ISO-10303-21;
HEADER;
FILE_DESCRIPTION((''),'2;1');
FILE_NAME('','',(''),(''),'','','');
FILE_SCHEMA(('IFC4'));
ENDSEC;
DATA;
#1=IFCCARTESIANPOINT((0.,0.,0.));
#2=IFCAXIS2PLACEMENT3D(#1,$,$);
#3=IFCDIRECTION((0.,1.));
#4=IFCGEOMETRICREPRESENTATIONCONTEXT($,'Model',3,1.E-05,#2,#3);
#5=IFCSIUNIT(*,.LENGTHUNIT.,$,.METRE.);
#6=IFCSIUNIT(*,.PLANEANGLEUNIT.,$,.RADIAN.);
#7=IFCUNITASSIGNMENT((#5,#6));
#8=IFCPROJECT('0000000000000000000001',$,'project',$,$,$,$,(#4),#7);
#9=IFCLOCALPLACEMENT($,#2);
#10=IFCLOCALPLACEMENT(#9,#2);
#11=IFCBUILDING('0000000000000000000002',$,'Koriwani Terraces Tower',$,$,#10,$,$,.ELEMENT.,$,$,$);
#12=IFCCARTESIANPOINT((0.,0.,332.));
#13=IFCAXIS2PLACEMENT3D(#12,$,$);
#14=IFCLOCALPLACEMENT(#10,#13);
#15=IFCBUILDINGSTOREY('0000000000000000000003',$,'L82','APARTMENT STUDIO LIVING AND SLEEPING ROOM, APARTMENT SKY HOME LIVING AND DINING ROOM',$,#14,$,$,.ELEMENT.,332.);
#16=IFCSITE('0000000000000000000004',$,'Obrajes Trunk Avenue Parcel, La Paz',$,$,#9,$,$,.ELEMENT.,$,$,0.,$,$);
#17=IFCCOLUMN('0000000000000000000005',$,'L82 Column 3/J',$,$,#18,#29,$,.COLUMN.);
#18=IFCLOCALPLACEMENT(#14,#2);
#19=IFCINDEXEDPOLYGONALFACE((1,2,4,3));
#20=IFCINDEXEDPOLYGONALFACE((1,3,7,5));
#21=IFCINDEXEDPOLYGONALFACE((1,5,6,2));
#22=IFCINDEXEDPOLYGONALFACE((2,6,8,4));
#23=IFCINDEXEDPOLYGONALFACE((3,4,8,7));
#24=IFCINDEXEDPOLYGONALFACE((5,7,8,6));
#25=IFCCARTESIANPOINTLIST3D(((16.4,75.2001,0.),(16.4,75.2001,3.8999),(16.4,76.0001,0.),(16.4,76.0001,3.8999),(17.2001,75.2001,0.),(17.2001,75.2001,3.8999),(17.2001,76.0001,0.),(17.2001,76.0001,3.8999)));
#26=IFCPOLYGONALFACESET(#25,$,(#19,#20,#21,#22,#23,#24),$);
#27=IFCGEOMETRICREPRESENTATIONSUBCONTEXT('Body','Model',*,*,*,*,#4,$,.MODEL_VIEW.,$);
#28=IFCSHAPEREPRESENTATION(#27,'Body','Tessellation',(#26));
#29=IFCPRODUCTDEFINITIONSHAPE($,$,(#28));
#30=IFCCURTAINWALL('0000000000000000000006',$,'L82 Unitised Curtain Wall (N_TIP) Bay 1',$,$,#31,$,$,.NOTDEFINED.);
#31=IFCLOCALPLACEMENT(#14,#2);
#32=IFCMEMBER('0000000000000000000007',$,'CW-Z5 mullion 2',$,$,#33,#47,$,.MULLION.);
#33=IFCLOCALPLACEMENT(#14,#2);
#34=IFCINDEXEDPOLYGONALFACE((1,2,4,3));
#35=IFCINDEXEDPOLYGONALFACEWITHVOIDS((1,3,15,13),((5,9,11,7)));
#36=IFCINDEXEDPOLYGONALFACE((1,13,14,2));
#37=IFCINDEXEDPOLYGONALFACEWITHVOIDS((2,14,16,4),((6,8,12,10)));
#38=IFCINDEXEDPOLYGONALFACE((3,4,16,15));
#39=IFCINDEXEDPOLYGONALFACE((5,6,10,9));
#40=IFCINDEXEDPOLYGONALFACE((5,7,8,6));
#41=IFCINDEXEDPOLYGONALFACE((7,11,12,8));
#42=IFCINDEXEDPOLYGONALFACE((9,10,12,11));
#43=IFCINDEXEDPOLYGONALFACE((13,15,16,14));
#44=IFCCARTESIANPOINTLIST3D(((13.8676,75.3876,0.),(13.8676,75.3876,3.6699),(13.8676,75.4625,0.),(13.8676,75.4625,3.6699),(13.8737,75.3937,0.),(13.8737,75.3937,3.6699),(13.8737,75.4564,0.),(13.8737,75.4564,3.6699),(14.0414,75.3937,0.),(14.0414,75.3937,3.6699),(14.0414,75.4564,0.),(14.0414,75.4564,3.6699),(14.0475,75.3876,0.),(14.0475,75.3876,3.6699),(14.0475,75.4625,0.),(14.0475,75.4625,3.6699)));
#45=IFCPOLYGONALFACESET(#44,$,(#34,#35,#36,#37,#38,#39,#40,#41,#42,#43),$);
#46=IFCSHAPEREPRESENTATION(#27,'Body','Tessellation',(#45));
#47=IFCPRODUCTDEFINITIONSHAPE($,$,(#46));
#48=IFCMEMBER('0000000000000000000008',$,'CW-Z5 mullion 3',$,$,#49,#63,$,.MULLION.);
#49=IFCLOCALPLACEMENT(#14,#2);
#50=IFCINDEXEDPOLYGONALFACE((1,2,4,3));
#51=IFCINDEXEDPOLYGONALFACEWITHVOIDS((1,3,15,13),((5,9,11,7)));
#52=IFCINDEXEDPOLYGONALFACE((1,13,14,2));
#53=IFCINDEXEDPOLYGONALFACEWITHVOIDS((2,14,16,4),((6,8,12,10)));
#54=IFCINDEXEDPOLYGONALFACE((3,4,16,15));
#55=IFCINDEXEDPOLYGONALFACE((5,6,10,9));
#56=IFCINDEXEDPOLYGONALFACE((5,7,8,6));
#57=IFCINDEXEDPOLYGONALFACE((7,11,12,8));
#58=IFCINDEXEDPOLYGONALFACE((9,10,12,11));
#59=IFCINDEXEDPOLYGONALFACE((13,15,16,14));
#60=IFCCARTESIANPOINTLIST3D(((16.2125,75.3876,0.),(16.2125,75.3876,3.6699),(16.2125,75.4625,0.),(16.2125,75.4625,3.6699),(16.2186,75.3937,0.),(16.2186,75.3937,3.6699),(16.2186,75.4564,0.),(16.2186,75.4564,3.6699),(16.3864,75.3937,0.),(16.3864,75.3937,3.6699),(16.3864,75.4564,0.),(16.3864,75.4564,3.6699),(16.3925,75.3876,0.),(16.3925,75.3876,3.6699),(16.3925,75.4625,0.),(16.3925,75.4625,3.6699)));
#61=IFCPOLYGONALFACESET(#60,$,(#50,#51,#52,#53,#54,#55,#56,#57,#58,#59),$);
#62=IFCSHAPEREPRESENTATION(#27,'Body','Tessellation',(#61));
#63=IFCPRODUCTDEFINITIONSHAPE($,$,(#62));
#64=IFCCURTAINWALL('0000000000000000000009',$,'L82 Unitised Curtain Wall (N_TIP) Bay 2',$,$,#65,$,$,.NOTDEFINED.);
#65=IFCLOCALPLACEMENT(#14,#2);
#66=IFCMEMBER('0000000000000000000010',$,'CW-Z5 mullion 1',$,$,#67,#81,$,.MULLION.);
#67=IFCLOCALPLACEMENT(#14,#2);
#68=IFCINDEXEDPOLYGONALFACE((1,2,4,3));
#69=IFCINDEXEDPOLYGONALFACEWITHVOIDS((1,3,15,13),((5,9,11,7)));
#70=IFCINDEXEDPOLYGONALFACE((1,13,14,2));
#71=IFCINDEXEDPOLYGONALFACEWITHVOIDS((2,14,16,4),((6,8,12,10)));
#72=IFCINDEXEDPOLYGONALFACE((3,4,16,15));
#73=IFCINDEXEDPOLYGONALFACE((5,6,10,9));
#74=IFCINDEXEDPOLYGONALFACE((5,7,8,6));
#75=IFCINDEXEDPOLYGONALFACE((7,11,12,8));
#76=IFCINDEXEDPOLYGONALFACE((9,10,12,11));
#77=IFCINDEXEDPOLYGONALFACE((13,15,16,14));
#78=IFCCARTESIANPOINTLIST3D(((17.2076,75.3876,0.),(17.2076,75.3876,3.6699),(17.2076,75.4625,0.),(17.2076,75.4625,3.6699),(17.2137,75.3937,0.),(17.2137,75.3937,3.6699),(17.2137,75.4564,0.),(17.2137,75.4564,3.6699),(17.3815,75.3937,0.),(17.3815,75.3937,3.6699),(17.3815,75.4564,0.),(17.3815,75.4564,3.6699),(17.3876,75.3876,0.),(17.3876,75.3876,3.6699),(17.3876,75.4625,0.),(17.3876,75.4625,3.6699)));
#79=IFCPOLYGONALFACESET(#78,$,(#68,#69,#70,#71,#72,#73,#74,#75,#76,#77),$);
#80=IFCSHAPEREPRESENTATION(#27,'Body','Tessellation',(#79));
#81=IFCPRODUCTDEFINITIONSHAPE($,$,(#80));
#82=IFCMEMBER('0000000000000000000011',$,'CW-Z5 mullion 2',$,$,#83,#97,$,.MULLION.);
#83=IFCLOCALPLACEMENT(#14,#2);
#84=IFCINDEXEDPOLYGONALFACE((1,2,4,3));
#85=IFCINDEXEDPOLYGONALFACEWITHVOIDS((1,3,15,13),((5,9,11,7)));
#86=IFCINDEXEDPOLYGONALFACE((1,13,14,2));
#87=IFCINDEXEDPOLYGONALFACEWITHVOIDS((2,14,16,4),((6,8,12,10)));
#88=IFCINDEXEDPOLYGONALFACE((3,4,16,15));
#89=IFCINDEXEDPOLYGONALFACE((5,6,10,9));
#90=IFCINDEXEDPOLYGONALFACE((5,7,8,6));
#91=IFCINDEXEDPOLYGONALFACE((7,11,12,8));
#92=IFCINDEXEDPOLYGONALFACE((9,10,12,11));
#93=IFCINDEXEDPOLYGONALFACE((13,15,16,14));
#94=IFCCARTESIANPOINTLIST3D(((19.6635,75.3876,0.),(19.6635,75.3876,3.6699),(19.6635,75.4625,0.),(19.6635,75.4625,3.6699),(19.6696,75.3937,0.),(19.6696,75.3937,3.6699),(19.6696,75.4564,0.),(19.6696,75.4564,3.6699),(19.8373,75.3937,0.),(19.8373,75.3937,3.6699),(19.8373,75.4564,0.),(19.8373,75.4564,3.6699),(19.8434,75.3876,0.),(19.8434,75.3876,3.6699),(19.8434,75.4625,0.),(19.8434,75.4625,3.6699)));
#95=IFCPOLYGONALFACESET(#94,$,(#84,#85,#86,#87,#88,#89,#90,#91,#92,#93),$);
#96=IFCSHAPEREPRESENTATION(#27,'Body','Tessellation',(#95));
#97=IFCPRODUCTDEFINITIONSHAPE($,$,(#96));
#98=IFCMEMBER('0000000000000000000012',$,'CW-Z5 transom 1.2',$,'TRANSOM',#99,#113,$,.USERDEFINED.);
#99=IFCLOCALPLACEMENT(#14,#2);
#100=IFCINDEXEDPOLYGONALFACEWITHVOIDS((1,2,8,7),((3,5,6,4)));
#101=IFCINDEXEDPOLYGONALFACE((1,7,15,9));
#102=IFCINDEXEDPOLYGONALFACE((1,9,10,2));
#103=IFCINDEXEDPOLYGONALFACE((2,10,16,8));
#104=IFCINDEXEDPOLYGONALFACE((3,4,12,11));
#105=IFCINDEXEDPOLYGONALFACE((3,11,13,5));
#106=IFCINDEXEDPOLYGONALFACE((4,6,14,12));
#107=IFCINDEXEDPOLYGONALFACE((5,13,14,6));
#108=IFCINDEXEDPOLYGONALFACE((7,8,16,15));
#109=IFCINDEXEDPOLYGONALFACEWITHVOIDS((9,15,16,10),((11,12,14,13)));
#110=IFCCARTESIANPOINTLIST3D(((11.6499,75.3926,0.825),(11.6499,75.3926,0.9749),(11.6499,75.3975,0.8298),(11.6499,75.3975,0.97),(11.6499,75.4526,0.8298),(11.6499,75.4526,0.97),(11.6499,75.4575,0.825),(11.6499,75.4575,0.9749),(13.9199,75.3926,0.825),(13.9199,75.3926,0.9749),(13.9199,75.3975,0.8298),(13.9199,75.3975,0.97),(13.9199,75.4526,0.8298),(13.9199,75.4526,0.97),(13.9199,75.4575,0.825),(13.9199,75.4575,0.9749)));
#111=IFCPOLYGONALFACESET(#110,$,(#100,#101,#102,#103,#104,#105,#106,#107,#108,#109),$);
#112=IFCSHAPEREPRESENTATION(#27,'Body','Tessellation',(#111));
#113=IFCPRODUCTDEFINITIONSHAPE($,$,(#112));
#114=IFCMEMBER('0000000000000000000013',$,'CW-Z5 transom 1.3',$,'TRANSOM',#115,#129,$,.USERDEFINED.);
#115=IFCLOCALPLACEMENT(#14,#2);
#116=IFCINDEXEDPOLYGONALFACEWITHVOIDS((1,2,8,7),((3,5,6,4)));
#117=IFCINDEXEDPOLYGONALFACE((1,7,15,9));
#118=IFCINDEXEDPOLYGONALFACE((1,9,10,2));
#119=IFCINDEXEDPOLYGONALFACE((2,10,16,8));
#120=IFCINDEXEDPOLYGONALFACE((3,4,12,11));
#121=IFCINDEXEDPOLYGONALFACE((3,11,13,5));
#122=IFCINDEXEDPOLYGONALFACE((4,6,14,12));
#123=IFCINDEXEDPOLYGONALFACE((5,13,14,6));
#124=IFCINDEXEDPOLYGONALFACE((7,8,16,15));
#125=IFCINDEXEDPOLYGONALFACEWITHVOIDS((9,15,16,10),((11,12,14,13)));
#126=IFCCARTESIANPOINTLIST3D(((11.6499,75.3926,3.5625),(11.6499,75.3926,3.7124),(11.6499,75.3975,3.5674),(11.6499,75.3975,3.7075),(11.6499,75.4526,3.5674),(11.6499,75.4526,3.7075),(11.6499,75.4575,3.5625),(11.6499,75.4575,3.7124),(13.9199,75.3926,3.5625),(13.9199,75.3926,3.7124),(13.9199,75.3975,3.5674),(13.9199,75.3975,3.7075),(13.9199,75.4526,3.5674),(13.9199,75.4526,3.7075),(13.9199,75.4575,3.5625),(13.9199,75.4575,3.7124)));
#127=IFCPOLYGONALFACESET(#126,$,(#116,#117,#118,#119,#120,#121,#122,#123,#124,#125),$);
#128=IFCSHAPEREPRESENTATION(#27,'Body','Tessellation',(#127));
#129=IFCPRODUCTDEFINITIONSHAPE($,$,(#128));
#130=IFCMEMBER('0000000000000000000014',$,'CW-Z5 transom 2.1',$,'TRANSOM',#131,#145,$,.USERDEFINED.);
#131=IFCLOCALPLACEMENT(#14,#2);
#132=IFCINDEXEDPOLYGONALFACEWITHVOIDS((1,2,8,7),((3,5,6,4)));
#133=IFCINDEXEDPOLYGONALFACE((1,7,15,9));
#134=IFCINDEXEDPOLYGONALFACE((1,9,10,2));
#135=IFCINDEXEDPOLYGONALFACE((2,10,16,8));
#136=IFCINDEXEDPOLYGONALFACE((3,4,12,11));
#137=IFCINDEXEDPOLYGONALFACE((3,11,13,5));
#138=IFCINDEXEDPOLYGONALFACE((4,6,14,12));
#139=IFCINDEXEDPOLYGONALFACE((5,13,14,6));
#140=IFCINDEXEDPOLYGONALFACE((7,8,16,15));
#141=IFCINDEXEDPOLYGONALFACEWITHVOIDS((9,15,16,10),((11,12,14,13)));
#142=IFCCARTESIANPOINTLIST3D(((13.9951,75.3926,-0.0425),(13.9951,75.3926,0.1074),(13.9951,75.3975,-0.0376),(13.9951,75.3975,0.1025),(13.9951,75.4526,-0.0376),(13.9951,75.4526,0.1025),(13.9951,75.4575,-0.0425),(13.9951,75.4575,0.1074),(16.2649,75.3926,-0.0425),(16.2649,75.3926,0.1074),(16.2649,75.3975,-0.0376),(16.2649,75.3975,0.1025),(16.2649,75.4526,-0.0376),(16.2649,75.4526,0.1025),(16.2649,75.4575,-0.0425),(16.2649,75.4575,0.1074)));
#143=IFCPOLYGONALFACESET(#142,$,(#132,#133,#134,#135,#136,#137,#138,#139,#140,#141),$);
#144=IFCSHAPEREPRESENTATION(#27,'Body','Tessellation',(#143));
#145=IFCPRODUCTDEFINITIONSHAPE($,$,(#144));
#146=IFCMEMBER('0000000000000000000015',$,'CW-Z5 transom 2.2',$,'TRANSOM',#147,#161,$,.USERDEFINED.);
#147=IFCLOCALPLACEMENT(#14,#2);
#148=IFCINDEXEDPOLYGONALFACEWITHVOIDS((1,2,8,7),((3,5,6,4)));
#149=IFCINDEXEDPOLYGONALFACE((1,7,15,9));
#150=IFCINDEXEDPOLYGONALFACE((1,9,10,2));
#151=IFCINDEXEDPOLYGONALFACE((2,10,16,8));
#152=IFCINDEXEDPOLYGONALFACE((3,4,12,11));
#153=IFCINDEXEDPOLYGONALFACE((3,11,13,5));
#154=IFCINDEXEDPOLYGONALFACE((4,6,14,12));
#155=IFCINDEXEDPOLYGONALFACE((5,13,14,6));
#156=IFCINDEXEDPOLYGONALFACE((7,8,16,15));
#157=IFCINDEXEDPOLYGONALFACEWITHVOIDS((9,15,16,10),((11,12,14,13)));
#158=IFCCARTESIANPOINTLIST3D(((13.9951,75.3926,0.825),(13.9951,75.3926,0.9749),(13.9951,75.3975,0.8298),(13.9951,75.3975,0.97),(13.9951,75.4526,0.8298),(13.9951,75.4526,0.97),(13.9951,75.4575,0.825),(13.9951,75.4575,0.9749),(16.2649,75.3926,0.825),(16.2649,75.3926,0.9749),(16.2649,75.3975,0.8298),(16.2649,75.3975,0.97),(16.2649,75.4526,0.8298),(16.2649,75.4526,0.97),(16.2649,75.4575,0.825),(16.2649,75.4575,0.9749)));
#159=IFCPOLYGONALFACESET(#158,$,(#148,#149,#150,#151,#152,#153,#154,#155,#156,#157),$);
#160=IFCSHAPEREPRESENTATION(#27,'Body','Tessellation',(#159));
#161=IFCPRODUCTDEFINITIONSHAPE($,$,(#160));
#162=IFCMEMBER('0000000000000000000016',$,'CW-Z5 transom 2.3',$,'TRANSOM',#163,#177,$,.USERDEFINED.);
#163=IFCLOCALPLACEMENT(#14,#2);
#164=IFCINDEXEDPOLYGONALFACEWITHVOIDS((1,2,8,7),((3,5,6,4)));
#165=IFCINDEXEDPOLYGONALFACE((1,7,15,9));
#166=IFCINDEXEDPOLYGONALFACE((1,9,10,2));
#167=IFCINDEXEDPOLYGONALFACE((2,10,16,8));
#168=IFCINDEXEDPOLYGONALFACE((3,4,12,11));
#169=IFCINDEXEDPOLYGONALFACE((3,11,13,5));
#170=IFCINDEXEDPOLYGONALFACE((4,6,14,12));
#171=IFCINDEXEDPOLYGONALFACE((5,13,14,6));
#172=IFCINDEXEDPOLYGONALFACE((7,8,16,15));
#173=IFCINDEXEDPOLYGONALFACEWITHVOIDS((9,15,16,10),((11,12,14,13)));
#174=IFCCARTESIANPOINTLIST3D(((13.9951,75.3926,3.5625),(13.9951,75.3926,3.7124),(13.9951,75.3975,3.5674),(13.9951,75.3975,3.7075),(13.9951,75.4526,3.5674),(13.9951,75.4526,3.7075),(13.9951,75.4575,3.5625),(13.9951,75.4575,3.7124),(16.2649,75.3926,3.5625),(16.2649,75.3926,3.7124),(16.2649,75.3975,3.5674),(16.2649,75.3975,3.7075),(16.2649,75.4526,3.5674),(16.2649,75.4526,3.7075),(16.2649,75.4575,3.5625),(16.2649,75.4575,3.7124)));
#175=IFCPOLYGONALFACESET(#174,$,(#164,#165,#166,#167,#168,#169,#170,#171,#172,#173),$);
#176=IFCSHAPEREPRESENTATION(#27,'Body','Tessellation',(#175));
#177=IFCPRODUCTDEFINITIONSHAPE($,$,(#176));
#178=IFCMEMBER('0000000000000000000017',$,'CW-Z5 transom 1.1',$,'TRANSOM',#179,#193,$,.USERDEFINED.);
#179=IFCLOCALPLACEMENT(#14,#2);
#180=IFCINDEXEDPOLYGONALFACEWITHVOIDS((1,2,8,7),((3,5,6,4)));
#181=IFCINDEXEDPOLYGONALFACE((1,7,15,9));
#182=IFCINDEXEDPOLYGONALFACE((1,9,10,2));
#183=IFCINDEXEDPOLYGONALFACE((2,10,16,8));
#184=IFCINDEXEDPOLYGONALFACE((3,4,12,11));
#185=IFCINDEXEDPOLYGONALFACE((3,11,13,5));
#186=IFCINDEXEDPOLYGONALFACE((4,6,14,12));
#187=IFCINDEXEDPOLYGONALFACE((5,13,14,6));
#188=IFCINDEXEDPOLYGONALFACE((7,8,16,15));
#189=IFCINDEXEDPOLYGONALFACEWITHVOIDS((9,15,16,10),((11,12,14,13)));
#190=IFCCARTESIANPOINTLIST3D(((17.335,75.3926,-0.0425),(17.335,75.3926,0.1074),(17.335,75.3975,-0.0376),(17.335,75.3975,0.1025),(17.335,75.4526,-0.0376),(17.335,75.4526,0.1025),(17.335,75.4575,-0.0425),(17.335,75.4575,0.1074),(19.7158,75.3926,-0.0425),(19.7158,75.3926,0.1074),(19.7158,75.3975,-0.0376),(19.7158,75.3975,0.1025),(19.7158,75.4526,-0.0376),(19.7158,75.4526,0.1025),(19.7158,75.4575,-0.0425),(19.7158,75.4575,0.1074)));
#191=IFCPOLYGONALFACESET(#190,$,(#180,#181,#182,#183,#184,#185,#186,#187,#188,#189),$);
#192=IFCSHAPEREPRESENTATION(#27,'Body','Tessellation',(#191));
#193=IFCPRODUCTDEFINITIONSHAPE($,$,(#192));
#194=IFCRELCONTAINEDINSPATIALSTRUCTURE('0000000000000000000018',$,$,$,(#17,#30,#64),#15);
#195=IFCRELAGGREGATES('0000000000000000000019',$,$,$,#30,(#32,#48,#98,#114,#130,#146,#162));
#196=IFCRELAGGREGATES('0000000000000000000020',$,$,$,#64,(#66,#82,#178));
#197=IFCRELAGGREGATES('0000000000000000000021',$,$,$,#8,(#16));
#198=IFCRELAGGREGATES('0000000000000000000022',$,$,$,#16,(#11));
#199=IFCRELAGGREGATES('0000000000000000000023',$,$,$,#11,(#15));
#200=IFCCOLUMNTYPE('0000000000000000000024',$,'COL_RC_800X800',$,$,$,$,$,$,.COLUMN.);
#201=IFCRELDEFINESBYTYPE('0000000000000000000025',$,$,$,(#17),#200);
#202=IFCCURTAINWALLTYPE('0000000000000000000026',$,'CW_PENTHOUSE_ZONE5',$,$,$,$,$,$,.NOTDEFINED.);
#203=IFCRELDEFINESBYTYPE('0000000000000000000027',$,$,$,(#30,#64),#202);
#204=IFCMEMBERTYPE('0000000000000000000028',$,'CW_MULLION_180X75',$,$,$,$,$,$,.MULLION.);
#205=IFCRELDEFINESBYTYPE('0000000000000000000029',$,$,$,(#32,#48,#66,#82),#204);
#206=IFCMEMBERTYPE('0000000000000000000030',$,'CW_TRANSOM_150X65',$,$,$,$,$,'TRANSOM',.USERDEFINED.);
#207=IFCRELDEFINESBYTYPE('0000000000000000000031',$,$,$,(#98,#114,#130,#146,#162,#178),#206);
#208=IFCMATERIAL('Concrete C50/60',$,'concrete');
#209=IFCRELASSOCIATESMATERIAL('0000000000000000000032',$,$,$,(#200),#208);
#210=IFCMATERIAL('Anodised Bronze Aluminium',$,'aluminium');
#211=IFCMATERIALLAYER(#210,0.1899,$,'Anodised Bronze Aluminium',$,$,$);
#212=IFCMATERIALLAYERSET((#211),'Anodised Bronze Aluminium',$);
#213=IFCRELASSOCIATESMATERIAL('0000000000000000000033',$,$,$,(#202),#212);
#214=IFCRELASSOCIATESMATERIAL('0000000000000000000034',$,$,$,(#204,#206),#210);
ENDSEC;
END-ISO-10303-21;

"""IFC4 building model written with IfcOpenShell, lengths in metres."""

from ifc_helpers import new_model, si_unit, direction, frame, origin, origin_2d, place, context, subcontext, project, spatial, rectangle, hollow_rectangle, extrude, material, layer, layer_set, material_profile, profile_set, type_object, element, aggregate, save


model = new_model("IFC4")

# Units and contexts
model_context = context("Model", 3, precision=1e-05, world=origin(), true_north=direction((0.0, 1.0)))
body_context = subcontext(model_context, "Body", "Model", "MODEL_VIEW")
ifc_project = project(units=[si_unit("LENGTHUNIT", "METRE"), si_unit("PLANEANGLEUNIT", "RADIAN")], contexts=[model_context])

# Site, building, storey
site_placement = place(None, origin())
site = spatial("IfcSite", under=ifc_project, at=site_placement, Name="Obrajes Trunk Avenue Parcel, La Paz", CompositionType="ELEMENT", RefElevation=0.0)
building_placement = place(site_placement, origin())
building = spatial("IfcBuilding", under=site, at=building_placement, Name="Koriwani Terraces Tower", CompositionType="ELEMENT")
storey_placement = place(building_placement, frame((0.0, 0.0, 332.0)))
storey = spatial("IfcBuildingStorey", under=building, at=storey_placement, Name="L82", Description="APARTMENT STUDIO LIVING AND SLEEPING ROOM, APARTMENT SKY HOME LIVING AND DINING ROOM", CompositionType="ELEMENT", Elevation=332.0)

# Column
ifc_material_1 = material(Name="Concrete C50/60", Category="concrete")
ifc_material_profile_1 = material_profile(ifc_material_1, rectangle(XDim=0.8, YDim=0.8, at=origin_2d()), Name="Concrete C50/60", Category="LoadBearing")
ifc_profile_set_1 = profile_set([ifc_material_profile_1], Name="Concrete C50/60")
column_type = type_object("IfcColumnType", Name="COL_RC_800X800", PredefinedType="COLUMN", material=ifc_profile_set_1)
column_placement = place(storey_placement, frame((16.8, 75.6001, 0.0), z_axis=(0.0, 0.0, 1.0), x_axis=(1.0, 0.0, 0.0)))
element("IfcColumn", 1, at=column_placement, inside=storey, type_object=column_type, Name="L82 Column 3/J", PredefinedType="COLUMN", context=body_context, shape_type="SweptSolid", body=[
    extrude(rectangle(XDim=0.8, YDim=0.8, at=origin_2d()), origin(), (0.0, 0.0, 1.0), 3.8999),
])

# Curtain walls, members
ifc_material_2 = material(Name="Anodised Bronze Aluminium", Category="aluminium")
ifc_layer_1 = layer(ifc_material_2, 0.1899, Name="Anodised Bronze Aluminium")
ifc_layer_set_1 = layer_set([ifc_layer_1], Name="Anodised Bronze Aluminium")
curtain_wall_type = type_object("IfcCurtainWallType", Name="CW_PENTHOUSE_ZONE5", PredefinedType="NOTDEFINED", material=ifc_layer_set_1)
curtain_wall_1_placement = place(storey_placement, origin())
curtain_wall_1 = element("IfcCurtainWall", 2, at=curtain_wall_1_placement, inside=storey, type_object=curtain_wall_type, Name="L82 Unitised Curtain Wall (N_TIP) Bay 1", PredefinedType="NOTDEFINED")
ifc_material_profile_2 = material_profile(ifc_material_2, hollow_rectangle(XDim=0.075, YDim=0.1799, WallThickness=0.0061, at=origin_2d()), Name="Anodised Bronze Aluminium", Category="LoadBearing")
ifc_profile_set_2 = profile_set([ifc_material_profile_2], Name="Anodised Bronze Aluminium")
member_type_1 = type_object("IfcMemberType", Name="CW_MULLION_180X75", PredefinedType="MULLION", material=ifc_profile_set_2)
member_1_placement = place(storey_placement, frame((13.9575, 75.425, 0.0), z_axis=(0.0, 0.0, 1.0), x_axis=(0.0, 1.0, 0.0)))
member_1 = element("IfcMember", 3, at=member_1_placement, type_object=member_type_1, Name="CW-Z5 mullion 2", PredefinedType="MULLION", context=body_context, shape_type="SweptSolid", body=[
    extrude(hollow_rectangle(XDim=0.075, YDim=0.1799, WallThickness=0.0061, at=origin_2d()), origin(), (0.0, 0.0, 1.0), 3.6699),
])
member_2_placement = place(storey_placement, frame((16.3025, 75.425, 0.0), z_axis=(0.0, 0.0, 1.0), x_axis=(0.0, 1.0, 0.0)))
member_2 = element("IfcMember", 4, at=member_2_placement, type_object=member_type_1, Name="CW-Z5 mullion 3", PredefinedType="MULLION", context=body_context, shape_type="SweptSolid", body=[
    extrude(hollow_rectangle(XDim=0.075, YDim=0.1799, WallThickness=0.0061, at=origin_2d()), origin(), (0.0, 0.0, 1.0), 3.6699),
])
curtain_wall_2_placement = place(storey_placement, origin())
curtain_wall_2 = element("IfcCurtainWall", 5, at=curtain_wall_2_placement, inside=storey, type_object=curtain_wall_type, Name="L82 Unitised Curtain Wall (N_TIP) Bay 2", PredefinedType="NOTDEFINED")
member_3_placement = place(storey_placement, frame((17.2976, 75.425, 0.0), z_axis=(0.0, 0.0, 1.0), x_axis=(0.0, 1.0, 0.0)))
member_3 = element("IfcMember", 6, at=member_3_placement, type_object=member_type_1, Name="CW-Z5 mullion 1", PredefinedType="MULLION", context=body_context, shape_type="SweptSolid", body=[
    extrude(hollow_rectangle(XDim=0.075, YDim=0.1799, WallThickness=0.0061, at=origin_2d()), origin(), (0.0, 0.0, 1.0), 3.6699),
])
member_4_placement = place(storey_placement, frame((19.7534, 75.425, 0.0), z_axis=(0.0, 0.0, 1.0), x_axis=(0.0, 1.0, 0.0)))
member_4 = element("IfcMember", 7, at=member_4_placement, type_object=member_type_1, Name="CW-Z5 mullion 2", PredefinedType="MULLION", context=body_context, shape_type="SweptSolid", body=[
    extrude(hollow_rectangle(XDim=0.075, YDim=0.1799, WallThickness=0.0061, at=origin_2d()), origin(), (0.0, 0.0, 1.0), 3.6699),
])

# Members
ifc_material_profile_3 = material_profile(ifc_material_2, hollow_rectangle(XDim=0.0649, YDim=0.1499, WallThickness=0.0049, at=origin_2d()), Name="Anodised Bronze Aluminium", Category="LoadBearing")
ifc_profile_set_3 = profile_set([ifc_material_profile_3], Name="Anodised Bronze Aluminium")
member_type_2 = type_object("IfcMemberType", Name="CW_TRANSOM_150X65", ElementType="TRANSOM", PredefinedType="USERDEFINED", material=ifc_profile_set_3)
member_5_placement = place(storey_placement, frame((11.6499, 75.425, 0.8999), z_axis=(1.0, 0.0, 0.0), x_axis=(0.0, 1.0, 0.0)))
member_5 = element("IfcMember", 8, at=member_5_placement, type_object=member_type_2, Name="CW-Z5 transom 1.2", ObjectType="TRANSOM", PredefinedType="USERDEFINED", context=body_context, shape_type="SweptSolid", body=[
    extrude(hollow_rectangle(XDim=0.0649, YDim=0.1499, WallThickness=0.0049, at=origin_2d()), origin(), (0.0, 0.0, 1.0), 2.27),
])
member_6_placement = place(storey_placement, frame((11.6499, 75.425, 3.6375), z_axis=(1.0, 0.0, 0.0), x_axis=(0.0, 1.0, 0.0)))
member_6 = element("IfcMember", 9, at=member_6_placement, type_object=member_type_2, Name="CW-Z5 transom 1.3", ObjectType="TRANSOM", PredefinedType="USERDEFINED", context=body_context, shape_type="SweptSolid", body=[
    extrude(hollow_rectangle(XDim=0.0649, YDim=0.1499, WallThickness=0.0049, at=origin_2d()), origin(), (0.0, 0.0, 1.0), 2.27),
])
member_7_placement = place(storey_placement, frame((13.9951, 75.425, 0.0325), z_axis=(1.0, 0.0, 0.0), x_axis=(0.0, 1.0, 0.0)))
member_7 = element("IfcMember", 10, at=member_7_placement, type_object=member_type_2, Name="CW-Z5 transom 2.1", ObjectType="TRANSOM", PredefinedType="USERDEFINED", context=body_context, shape_type="SweptSolid", body=[
    extrude(hollow_rectangle(XDim=0.0649, YDim=0.1499, WallThickness=0.0049, at=origin_2d()), origin(), (0.0, 0.0, 1.0), 2.2698),
])
member_8_placement = place(storey_placement, frame((13.9951, 75.425, 0.8999), z_axis=(1.0, 0.0, 0.0), x_axis=(0.0, 1.0, 0.0)))
member_8 = element("IfcMember", 11, at=member_8_placement, type_object=member_type_2, Name="CW-Z5 transom 2.2", ObjectType="TRANSOM", PredefinedType="USERDEFINED", context=body_context, shape_type="SweptSolid", body=[
    extrude(hollow_rectangle(XDim=0.0649, YDim=0.1499, WallThickness=0.0049, at=origin_2d()), origin(), (0.0, 0.0, 1.0), 2.2698),
])
member_9_placement = place(storey_placement, frame((13.9951, 75.425, 3.6375), z_axis=(1.0, 0.0, 0.0), x_axis=(0.0, 1.0, 0.0)))
member_9 = element("IfcMember", 12, at=member_9_placement, type_object=member_type_2, Name="CW-Z5 transom 2.3", ObjectType="TRANSOM", PredefinedType="USERDEFINED", context=body_context, shape_type="SweptSolid", body=[
    extrude(hollow_rectangle(XDim=0.0649, YDim=0.1499, WallThickness=0.0049, at=origin_2d()), origin(), (0.0, 0.0, 1.0), 2.2698),
])
member_10_placement = place(storey_placement, frame((17.335, 75.425, 0.0325), z_axis=(1.0, 0.0, 0.0), x_axis=(0.0, 1.0, 0.0)))
member_10 = element("IfcMember", 13, at=member_10_placement, type_object=member_type_2, Name="CW-Z5 transom 1.1", ObjectType="TRANSOM", PredefinedType="USERDEFINED", context=body_context, shape_type="SweptSolid", body=[
    extrude(hollow_rectangle(XDim=0.0649, YDim=0.1499, WallThickness=0.0049, at=origin_2d()), origin(), (0.0, 0.0, 1.0), 2.3809),
])

aggregate(curtain_wall_1, [member_1, member_2, member_5, member_6, member_7, member_8, member_9])
aggregate(curtain_wall_2, [member_3, member_4, member_10])

save(model, "model.ifc")
